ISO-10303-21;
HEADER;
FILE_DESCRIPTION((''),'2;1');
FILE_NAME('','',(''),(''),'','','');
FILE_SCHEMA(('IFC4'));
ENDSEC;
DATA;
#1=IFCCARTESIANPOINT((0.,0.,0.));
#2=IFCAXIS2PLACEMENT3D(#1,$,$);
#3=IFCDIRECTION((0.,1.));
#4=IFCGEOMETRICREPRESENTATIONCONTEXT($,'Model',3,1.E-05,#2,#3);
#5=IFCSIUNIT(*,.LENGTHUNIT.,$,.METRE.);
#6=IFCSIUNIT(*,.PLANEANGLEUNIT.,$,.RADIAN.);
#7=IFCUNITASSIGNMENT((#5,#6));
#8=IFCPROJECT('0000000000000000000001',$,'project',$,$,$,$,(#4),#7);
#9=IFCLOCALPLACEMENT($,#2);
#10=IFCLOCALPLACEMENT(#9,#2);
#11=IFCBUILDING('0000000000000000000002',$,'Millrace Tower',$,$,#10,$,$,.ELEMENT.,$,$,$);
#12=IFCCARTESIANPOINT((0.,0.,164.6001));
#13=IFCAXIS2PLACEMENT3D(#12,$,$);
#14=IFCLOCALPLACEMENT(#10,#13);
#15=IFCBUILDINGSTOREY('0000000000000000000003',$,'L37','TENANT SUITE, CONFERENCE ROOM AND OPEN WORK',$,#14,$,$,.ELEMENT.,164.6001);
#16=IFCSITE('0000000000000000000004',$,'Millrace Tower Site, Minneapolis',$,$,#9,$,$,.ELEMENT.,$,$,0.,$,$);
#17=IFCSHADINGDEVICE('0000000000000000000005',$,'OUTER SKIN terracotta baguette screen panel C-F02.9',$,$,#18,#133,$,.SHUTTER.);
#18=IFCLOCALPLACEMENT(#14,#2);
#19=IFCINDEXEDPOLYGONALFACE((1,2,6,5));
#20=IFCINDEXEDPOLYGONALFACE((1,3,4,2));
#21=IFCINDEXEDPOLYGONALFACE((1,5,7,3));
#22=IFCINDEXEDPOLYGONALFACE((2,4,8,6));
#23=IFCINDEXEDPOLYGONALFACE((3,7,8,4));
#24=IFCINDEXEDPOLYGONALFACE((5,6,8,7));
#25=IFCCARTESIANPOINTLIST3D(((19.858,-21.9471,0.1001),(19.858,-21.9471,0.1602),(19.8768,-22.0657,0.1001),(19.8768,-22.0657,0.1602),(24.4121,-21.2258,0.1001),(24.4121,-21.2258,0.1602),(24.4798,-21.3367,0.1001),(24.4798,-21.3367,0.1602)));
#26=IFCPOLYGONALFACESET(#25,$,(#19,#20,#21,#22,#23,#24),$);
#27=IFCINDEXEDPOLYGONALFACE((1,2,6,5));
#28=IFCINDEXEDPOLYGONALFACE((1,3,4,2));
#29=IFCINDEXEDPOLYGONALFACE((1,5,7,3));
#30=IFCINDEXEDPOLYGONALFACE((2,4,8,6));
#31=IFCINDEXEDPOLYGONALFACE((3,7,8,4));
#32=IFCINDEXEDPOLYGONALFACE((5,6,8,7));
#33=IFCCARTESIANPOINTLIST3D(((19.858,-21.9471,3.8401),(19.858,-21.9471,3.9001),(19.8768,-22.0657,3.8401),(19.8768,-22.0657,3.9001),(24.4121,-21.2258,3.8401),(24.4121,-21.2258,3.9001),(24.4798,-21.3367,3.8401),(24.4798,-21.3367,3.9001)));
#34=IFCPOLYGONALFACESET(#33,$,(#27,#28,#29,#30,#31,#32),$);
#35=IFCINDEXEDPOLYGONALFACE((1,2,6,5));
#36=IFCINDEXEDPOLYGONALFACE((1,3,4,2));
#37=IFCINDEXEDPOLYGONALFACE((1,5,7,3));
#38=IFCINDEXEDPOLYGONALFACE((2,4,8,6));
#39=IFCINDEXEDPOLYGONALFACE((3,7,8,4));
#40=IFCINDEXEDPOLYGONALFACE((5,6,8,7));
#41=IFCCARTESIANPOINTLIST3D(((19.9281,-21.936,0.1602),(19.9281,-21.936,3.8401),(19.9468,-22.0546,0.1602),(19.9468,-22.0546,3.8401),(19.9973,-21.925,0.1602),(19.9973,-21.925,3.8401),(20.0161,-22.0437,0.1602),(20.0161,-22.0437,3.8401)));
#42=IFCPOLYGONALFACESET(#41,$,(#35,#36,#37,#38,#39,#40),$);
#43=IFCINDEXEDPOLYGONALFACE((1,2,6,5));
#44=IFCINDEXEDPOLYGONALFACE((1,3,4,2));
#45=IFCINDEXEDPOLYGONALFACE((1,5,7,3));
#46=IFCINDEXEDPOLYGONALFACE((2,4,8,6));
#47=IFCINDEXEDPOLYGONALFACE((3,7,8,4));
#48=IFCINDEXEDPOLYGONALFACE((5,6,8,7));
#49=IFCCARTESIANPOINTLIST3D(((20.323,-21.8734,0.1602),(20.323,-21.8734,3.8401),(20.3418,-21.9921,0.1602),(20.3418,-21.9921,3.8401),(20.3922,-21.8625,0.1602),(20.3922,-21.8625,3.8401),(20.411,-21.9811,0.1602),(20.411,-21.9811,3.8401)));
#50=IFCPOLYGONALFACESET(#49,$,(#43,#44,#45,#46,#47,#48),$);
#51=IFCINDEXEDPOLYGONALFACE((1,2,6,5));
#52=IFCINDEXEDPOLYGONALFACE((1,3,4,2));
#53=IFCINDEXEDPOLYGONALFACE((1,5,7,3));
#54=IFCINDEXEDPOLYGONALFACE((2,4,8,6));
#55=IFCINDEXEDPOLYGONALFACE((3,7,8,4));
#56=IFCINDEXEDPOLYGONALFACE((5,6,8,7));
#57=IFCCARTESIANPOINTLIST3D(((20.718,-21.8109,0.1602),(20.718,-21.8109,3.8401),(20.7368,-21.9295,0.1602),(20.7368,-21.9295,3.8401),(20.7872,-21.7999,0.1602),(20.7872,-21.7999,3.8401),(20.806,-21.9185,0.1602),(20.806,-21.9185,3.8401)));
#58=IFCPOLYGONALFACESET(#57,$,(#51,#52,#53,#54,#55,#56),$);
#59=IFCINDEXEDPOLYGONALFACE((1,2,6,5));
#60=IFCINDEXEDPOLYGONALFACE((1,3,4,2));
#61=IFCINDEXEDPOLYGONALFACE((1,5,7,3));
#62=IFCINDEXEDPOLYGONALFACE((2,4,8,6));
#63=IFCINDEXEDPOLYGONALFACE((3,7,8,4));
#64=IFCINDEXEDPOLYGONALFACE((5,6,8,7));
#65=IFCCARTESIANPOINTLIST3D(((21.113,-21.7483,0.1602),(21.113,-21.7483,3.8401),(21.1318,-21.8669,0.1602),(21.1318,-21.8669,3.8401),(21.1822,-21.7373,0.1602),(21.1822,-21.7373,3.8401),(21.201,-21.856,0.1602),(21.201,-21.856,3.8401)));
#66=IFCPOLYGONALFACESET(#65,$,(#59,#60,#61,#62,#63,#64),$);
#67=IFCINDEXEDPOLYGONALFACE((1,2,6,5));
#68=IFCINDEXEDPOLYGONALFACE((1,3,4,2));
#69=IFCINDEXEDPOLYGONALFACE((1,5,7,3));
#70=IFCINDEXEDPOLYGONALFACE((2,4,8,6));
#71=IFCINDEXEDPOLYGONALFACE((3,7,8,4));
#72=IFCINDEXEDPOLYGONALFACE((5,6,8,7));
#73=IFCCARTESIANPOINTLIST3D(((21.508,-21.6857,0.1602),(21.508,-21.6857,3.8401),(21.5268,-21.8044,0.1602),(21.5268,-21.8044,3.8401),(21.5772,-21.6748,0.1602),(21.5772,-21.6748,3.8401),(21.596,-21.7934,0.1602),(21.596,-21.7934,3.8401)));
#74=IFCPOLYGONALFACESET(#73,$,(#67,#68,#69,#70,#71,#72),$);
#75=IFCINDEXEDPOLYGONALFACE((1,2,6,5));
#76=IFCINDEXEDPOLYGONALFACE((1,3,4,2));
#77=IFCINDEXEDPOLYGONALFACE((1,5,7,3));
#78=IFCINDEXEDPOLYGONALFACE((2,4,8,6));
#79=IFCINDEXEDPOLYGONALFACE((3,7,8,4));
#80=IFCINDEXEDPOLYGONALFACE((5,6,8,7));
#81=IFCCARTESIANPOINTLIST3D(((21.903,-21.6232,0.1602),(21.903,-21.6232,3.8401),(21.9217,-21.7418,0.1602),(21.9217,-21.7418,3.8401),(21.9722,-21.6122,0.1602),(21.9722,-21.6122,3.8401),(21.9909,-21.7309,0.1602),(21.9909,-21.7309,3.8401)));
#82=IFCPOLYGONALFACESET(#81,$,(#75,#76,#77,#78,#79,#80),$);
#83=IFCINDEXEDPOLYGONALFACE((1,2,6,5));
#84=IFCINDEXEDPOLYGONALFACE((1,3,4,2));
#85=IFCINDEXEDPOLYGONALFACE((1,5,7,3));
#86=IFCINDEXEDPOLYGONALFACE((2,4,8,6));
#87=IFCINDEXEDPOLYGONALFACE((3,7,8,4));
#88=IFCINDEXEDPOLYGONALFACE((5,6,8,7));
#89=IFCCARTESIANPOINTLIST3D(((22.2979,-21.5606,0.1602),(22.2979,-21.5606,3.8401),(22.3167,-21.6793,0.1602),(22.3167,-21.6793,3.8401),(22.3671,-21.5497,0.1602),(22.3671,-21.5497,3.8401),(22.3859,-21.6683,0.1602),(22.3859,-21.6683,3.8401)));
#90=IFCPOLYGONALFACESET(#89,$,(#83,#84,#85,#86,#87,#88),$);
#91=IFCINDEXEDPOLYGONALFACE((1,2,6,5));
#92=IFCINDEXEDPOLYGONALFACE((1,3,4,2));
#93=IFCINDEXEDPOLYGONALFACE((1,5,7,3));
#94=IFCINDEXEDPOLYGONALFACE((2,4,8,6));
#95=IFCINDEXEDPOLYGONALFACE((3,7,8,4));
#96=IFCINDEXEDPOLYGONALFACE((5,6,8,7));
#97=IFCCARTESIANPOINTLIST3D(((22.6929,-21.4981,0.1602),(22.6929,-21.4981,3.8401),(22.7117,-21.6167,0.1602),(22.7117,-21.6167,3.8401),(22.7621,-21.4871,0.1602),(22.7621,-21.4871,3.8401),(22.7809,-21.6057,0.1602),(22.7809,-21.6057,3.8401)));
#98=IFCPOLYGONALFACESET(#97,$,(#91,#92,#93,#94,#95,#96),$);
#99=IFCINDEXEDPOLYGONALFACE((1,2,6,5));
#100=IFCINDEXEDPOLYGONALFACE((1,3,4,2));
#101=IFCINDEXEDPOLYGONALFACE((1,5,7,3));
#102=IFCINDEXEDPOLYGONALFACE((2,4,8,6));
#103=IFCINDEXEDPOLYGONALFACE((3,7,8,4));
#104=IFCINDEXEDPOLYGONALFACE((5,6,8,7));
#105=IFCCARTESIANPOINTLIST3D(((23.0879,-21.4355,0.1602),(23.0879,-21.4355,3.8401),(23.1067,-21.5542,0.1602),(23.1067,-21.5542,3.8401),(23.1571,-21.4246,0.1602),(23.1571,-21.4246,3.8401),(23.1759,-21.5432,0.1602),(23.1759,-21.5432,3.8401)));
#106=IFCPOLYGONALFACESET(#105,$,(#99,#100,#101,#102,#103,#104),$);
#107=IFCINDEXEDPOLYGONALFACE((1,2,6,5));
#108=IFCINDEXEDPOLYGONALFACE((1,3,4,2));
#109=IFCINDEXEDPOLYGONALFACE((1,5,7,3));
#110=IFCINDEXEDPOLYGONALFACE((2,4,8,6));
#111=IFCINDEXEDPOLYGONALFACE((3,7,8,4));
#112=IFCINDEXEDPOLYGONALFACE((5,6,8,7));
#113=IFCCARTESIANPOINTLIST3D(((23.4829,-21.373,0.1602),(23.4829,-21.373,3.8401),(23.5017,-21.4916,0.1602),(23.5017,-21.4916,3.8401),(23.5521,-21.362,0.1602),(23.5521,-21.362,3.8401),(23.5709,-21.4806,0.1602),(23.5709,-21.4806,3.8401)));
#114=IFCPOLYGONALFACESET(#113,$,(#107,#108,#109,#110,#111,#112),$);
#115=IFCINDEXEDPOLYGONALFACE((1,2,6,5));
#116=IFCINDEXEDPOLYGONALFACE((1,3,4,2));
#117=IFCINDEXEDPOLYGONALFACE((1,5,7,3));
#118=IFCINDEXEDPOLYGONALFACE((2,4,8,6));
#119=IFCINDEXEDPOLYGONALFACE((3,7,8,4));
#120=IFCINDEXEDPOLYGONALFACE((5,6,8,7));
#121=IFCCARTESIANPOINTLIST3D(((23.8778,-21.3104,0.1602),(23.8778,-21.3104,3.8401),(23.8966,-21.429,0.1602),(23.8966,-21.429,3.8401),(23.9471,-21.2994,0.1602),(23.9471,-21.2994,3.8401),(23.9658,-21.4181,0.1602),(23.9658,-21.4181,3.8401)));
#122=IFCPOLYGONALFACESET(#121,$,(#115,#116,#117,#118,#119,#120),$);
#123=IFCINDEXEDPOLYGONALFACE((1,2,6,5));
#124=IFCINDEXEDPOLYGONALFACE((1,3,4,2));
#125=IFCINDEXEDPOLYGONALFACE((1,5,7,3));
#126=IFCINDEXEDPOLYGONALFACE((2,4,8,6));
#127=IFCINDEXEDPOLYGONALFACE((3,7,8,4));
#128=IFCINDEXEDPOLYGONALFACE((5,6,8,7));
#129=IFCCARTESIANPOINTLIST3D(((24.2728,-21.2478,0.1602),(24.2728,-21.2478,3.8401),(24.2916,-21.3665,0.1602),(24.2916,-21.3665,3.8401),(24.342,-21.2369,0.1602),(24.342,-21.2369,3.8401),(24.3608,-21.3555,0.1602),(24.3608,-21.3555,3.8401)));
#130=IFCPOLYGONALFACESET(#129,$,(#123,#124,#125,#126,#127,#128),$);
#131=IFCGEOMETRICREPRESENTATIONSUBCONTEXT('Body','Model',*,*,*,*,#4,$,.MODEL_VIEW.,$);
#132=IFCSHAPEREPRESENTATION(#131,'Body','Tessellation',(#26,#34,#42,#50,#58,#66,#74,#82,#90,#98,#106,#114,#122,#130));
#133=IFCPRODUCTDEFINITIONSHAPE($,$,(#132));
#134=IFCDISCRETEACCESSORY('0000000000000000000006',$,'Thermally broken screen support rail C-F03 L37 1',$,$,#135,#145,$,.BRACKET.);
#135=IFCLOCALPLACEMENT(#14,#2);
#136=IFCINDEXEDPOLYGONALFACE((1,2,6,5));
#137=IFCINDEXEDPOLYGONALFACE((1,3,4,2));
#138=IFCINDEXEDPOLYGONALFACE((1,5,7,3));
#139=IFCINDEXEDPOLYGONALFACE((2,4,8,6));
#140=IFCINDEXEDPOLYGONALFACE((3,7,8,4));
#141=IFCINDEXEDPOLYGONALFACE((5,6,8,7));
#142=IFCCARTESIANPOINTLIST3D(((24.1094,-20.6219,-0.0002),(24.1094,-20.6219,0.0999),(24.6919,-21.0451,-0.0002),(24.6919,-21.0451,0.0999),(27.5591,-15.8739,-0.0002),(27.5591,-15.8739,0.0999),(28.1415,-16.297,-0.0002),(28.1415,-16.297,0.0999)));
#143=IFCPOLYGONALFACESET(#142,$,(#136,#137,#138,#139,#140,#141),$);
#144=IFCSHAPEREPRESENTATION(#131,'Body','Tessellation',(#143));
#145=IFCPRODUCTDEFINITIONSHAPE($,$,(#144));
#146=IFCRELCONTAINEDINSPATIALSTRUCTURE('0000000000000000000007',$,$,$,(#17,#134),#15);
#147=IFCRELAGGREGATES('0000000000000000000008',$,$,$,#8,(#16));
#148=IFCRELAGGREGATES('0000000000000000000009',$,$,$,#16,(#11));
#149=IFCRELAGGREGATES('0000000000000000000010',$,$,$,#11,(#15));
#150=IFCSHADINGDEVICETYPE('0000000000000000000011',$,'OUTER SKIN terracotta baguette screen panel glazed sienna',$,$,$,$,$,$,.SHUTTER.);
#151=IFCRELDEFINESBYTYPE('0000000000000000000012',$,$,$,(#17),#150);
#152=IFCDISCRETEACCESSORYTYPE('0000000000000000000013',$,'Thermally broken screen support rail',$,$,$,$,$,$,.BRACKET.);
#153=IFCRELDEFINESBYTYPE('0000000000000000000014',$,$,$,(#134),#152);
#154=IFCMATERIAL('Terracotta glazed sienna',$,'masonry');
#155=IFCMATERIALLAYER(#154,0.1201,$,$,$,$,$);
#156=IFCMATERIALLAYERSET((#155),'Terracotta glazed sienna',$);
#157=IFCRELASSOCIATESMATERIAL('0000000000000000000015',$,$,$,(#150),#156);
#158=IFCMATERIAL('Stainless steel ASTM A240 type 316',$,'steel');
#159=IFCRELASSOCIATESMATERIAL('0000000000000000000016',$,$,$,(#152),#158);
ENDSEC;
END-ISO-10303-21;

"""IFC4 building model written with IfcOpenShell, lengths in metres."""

from ifc_helpers import new_model, entity, si_unit, direction, frame, frame_2d, origin, origin_2d, place, context, subcontext, project, spatial, rectangle, extrude, source, transform, mapped, material, layer, layer_set, type_object, element, save


model = new_model("IFC4")

# Units and contexts
model_context = context("Model", 3, precision=1e-05, world=origin(), true_north=direction((0.0, 1.0)))
body_context = subcontext(model_context, "Body", "Model", "MODEL_VIEW")
ifc_project = project(units=[si_unit("LENGTHUNIT", "METRE"), si_unit("PLANEANGLEUNIT", "RADIAN")], contexts=[model_context])

# Site, building, storey
site_placement = place(None, origin())
site = spatial("IfcSite", under=ifc_project, at=site_placement, Name="Millrace Tower Site, Minneapolis", CompositionType="ELEMENT", RefElevation=0.0)
building_placement = place(site_placement, origin())
building = spatial("IfcBuilding", under=site, at=building_placement, Name="Millrace Tower", CompositionType="ELEMENT")
storey_placement = place(building_placement, frame((0.0, 0.0, 164.6001)))
storey = spatial("IfcBuildingStorey", under=building, at=storey_placement, Name="L37", Description="TENANT SUITE, CONFERENCE ROOM AND OPEN WORK", CompositionType="ELEMENT", Elevation=164.6001)

# Shading device
ifc_material_1 = material(Name="Terracotta glazed sienna", Category="masonry")
ifc_layer_1 = layer(ifc_material_1, 0.1201)
ifc_layer_set_1 = layer_set([ifc_layer_1], Name="Terracotta glazed sienna")
shading_device_type = type_object("IfcShadingDeviceType", Name="OUTER SKIN terracotta baguette screen panel glazed sienna", PredefinedType="SHUTTER", material=ifc_layer_set_1)
cartesian_point_1 = entity("IfcCartesianPoint", [-2.3179, 0.0601])
shared_polyline_1 = entity("IfcPolyline", [cartesian_point_1, entity("IfcCartesianPoint", [2.293, 0.0601]), entity("IfcCartesianPoint", [2.3425, -0.0601]), entity("IfcCartesianPoint", [-2.3179, -0.0601]), cartesian_point_1])
shared_shape_1 = source(origin(), body_context, "Body", "SweptSolid", [
    entity("IfcExtrudedAreaSolid", entity("IfcArbitraryClosedProfileDef", "AREA", None, shared_polyline_1), entity("IfcAxis2Placement3D", entity("IfcCartesianPoint", [0.0, 0.0, 0.0])), entity("IfcDirection", [0.0, 0.0, 1.0]), 0.0601),
    entity("IfcExtrudedAreaSolid", entity("IfcArbitraryClosedProfileDef", "AREA", None, shared_polyline_1), entity("IfcAxis2Placement3D", entity("IfcCartesianPoint", [0.0, 0.0, 3.74])), entity("IfcDirection", [0.0, 0.0, 1.0]), 0.0601),
    extrude(rectangle(XDim=0.0701, YDim=0.1201, at=frame_2d((-2.2119, 0.0))), frame((0.0, 0.0, 0.0601)), (0.0, 0.0, 1.0), 3.6799),
    extrude(rectangle(XDim=0.0701, YDim=0.1201, at=frame_2d((-1.812, 0.0))), frame((0.0, 0.0, 0.0601)), (0.0, 0.0, 1.0), 3.6799),
    extrude(rectangle(XDim=0.0701, YDim=0.1201, at=frame_2d((-1.4121, 0.0))), frame((0.0, 0.0, 0.0601)), (0.0, 0.0, 1.0), 3.6799),
    extrude(rectangle(XDim=0.0701, YDim=0.1201, at=frame_2d((-1.0122, 0.0))), frame((0.0, 0.0, 0.0601)), (0.0, 0.0, 1.0), 3.6799),
    extrude(rectangle(XDim=0.0701, YDim=0.1201, at=frame_2d((-0.6123, 0.0))), frame((0.0, 0.0, 0.0601)), (0.0, 0.0, 1.0), 3.6799),
    extrude(rectangle(XDim=0.0701, YDim=0.1201, at=frame_2d((-0.2124, 0.0))), frame((0.0, 0.0, 0.0601)), (0.0, 0.0, 1.0), 3.6799),
    extrude(rectangle(XDim=0.0701, YDim=0.1201, at=frame_2d((0.1875, 0.0))), frame((0.0, 0.0, 0.0601)), (0.0, 0.0, 1.0), 3.6799),
    extrude(rectangle(XDim=0.0701, YDim=0.1201, at=frame_2d((0.5874, 0.0))), frame((0.0, 0.0, 0.0601)), (0.0, 0.0, 1.0), 3.6799),
    extrude(rectangle(XDim=0.0701, YDim=0.1201, at=frame_2d((0.9873, 0.0))), frame((0.0, 0.0, 0.0601)), (0.0, 0.0, 1.0), 3.6799),
    extrude(rectangle(XDim=0.0701, YDim=0.1201, at=frame_2d((1.3872, 0.0))), frame((0.0, 0.0, 0.0601)), (0.0, 0.0, 1.0), 3.6799),
    extrude(rectangle(XDim=0.0701, YDim=0.1201, at=frame_2d((1.7871, 0.0))), frame((0.0, 0.0, 0.0601)), (0.0, 0.0, 1.0), 3.6799),
    extrude(rectangle(XDim=0.0701, YDim=0.1201, at=frame_2d((2.187, 0.0))), frame((0.0, 0.0, 0.0601)), (0.0, 0.0, 1.0), 3.6799),
])
shading_device_1_placement = place(storey_placement, frame((22.1567, -21.6438, 0.1001), z_axis=(0.0, 0.0, 1.0), x_axis=(0.987688, 0.156434, 0.0)))
element("IfcShadingDevice", 1, at=shading_device_1_placement, inside=storey, type_object=shading_device_type, Name="OUTER SKIN terracotta baguette screen panel C-F02.9", PredefinedType="SHUTTER", context=body_context, shape_type="MappedRepresentation", body=[
    mapped(shared_shape_1, transform((0.0, 0.0, 0.0), scale=1.0)),
])

# Discrete accessory
ifc_material_2 = material(Name="Stainless steel ASTM A240 type 316", Category="steel")
discrete_accessory_type = type_object("IfcDiscreteAccessoryType", Name="Thermally broken screen support rail", PredefinedType="BRACKET", material=ifc_material_2)
discrete_accessory_placement = place(storey_placement, frame((26.1255, -18.4595, -0.0002), z_axis=(0.0, 0.0, 1.0), x_axis=(0.587785, 0.809017, 0.0)))
element("IfcDiscreteAccessory", 2, at=discrete_accessory_placement, inside=storey, type_object=discrete_accessory_type, Name="Thermally broken screen support rail C-F03 L37 1", PredefinedType="BRACKET", context=body_context, shape_type="SweptSolid", body=[
    extrude(rectangle(XDim=5.8689, YDim=0.72, at=origin_2d()), origin(), (0.0, 0.0, 1.0), 0.1001),
])

save(model, "model.ifc")
